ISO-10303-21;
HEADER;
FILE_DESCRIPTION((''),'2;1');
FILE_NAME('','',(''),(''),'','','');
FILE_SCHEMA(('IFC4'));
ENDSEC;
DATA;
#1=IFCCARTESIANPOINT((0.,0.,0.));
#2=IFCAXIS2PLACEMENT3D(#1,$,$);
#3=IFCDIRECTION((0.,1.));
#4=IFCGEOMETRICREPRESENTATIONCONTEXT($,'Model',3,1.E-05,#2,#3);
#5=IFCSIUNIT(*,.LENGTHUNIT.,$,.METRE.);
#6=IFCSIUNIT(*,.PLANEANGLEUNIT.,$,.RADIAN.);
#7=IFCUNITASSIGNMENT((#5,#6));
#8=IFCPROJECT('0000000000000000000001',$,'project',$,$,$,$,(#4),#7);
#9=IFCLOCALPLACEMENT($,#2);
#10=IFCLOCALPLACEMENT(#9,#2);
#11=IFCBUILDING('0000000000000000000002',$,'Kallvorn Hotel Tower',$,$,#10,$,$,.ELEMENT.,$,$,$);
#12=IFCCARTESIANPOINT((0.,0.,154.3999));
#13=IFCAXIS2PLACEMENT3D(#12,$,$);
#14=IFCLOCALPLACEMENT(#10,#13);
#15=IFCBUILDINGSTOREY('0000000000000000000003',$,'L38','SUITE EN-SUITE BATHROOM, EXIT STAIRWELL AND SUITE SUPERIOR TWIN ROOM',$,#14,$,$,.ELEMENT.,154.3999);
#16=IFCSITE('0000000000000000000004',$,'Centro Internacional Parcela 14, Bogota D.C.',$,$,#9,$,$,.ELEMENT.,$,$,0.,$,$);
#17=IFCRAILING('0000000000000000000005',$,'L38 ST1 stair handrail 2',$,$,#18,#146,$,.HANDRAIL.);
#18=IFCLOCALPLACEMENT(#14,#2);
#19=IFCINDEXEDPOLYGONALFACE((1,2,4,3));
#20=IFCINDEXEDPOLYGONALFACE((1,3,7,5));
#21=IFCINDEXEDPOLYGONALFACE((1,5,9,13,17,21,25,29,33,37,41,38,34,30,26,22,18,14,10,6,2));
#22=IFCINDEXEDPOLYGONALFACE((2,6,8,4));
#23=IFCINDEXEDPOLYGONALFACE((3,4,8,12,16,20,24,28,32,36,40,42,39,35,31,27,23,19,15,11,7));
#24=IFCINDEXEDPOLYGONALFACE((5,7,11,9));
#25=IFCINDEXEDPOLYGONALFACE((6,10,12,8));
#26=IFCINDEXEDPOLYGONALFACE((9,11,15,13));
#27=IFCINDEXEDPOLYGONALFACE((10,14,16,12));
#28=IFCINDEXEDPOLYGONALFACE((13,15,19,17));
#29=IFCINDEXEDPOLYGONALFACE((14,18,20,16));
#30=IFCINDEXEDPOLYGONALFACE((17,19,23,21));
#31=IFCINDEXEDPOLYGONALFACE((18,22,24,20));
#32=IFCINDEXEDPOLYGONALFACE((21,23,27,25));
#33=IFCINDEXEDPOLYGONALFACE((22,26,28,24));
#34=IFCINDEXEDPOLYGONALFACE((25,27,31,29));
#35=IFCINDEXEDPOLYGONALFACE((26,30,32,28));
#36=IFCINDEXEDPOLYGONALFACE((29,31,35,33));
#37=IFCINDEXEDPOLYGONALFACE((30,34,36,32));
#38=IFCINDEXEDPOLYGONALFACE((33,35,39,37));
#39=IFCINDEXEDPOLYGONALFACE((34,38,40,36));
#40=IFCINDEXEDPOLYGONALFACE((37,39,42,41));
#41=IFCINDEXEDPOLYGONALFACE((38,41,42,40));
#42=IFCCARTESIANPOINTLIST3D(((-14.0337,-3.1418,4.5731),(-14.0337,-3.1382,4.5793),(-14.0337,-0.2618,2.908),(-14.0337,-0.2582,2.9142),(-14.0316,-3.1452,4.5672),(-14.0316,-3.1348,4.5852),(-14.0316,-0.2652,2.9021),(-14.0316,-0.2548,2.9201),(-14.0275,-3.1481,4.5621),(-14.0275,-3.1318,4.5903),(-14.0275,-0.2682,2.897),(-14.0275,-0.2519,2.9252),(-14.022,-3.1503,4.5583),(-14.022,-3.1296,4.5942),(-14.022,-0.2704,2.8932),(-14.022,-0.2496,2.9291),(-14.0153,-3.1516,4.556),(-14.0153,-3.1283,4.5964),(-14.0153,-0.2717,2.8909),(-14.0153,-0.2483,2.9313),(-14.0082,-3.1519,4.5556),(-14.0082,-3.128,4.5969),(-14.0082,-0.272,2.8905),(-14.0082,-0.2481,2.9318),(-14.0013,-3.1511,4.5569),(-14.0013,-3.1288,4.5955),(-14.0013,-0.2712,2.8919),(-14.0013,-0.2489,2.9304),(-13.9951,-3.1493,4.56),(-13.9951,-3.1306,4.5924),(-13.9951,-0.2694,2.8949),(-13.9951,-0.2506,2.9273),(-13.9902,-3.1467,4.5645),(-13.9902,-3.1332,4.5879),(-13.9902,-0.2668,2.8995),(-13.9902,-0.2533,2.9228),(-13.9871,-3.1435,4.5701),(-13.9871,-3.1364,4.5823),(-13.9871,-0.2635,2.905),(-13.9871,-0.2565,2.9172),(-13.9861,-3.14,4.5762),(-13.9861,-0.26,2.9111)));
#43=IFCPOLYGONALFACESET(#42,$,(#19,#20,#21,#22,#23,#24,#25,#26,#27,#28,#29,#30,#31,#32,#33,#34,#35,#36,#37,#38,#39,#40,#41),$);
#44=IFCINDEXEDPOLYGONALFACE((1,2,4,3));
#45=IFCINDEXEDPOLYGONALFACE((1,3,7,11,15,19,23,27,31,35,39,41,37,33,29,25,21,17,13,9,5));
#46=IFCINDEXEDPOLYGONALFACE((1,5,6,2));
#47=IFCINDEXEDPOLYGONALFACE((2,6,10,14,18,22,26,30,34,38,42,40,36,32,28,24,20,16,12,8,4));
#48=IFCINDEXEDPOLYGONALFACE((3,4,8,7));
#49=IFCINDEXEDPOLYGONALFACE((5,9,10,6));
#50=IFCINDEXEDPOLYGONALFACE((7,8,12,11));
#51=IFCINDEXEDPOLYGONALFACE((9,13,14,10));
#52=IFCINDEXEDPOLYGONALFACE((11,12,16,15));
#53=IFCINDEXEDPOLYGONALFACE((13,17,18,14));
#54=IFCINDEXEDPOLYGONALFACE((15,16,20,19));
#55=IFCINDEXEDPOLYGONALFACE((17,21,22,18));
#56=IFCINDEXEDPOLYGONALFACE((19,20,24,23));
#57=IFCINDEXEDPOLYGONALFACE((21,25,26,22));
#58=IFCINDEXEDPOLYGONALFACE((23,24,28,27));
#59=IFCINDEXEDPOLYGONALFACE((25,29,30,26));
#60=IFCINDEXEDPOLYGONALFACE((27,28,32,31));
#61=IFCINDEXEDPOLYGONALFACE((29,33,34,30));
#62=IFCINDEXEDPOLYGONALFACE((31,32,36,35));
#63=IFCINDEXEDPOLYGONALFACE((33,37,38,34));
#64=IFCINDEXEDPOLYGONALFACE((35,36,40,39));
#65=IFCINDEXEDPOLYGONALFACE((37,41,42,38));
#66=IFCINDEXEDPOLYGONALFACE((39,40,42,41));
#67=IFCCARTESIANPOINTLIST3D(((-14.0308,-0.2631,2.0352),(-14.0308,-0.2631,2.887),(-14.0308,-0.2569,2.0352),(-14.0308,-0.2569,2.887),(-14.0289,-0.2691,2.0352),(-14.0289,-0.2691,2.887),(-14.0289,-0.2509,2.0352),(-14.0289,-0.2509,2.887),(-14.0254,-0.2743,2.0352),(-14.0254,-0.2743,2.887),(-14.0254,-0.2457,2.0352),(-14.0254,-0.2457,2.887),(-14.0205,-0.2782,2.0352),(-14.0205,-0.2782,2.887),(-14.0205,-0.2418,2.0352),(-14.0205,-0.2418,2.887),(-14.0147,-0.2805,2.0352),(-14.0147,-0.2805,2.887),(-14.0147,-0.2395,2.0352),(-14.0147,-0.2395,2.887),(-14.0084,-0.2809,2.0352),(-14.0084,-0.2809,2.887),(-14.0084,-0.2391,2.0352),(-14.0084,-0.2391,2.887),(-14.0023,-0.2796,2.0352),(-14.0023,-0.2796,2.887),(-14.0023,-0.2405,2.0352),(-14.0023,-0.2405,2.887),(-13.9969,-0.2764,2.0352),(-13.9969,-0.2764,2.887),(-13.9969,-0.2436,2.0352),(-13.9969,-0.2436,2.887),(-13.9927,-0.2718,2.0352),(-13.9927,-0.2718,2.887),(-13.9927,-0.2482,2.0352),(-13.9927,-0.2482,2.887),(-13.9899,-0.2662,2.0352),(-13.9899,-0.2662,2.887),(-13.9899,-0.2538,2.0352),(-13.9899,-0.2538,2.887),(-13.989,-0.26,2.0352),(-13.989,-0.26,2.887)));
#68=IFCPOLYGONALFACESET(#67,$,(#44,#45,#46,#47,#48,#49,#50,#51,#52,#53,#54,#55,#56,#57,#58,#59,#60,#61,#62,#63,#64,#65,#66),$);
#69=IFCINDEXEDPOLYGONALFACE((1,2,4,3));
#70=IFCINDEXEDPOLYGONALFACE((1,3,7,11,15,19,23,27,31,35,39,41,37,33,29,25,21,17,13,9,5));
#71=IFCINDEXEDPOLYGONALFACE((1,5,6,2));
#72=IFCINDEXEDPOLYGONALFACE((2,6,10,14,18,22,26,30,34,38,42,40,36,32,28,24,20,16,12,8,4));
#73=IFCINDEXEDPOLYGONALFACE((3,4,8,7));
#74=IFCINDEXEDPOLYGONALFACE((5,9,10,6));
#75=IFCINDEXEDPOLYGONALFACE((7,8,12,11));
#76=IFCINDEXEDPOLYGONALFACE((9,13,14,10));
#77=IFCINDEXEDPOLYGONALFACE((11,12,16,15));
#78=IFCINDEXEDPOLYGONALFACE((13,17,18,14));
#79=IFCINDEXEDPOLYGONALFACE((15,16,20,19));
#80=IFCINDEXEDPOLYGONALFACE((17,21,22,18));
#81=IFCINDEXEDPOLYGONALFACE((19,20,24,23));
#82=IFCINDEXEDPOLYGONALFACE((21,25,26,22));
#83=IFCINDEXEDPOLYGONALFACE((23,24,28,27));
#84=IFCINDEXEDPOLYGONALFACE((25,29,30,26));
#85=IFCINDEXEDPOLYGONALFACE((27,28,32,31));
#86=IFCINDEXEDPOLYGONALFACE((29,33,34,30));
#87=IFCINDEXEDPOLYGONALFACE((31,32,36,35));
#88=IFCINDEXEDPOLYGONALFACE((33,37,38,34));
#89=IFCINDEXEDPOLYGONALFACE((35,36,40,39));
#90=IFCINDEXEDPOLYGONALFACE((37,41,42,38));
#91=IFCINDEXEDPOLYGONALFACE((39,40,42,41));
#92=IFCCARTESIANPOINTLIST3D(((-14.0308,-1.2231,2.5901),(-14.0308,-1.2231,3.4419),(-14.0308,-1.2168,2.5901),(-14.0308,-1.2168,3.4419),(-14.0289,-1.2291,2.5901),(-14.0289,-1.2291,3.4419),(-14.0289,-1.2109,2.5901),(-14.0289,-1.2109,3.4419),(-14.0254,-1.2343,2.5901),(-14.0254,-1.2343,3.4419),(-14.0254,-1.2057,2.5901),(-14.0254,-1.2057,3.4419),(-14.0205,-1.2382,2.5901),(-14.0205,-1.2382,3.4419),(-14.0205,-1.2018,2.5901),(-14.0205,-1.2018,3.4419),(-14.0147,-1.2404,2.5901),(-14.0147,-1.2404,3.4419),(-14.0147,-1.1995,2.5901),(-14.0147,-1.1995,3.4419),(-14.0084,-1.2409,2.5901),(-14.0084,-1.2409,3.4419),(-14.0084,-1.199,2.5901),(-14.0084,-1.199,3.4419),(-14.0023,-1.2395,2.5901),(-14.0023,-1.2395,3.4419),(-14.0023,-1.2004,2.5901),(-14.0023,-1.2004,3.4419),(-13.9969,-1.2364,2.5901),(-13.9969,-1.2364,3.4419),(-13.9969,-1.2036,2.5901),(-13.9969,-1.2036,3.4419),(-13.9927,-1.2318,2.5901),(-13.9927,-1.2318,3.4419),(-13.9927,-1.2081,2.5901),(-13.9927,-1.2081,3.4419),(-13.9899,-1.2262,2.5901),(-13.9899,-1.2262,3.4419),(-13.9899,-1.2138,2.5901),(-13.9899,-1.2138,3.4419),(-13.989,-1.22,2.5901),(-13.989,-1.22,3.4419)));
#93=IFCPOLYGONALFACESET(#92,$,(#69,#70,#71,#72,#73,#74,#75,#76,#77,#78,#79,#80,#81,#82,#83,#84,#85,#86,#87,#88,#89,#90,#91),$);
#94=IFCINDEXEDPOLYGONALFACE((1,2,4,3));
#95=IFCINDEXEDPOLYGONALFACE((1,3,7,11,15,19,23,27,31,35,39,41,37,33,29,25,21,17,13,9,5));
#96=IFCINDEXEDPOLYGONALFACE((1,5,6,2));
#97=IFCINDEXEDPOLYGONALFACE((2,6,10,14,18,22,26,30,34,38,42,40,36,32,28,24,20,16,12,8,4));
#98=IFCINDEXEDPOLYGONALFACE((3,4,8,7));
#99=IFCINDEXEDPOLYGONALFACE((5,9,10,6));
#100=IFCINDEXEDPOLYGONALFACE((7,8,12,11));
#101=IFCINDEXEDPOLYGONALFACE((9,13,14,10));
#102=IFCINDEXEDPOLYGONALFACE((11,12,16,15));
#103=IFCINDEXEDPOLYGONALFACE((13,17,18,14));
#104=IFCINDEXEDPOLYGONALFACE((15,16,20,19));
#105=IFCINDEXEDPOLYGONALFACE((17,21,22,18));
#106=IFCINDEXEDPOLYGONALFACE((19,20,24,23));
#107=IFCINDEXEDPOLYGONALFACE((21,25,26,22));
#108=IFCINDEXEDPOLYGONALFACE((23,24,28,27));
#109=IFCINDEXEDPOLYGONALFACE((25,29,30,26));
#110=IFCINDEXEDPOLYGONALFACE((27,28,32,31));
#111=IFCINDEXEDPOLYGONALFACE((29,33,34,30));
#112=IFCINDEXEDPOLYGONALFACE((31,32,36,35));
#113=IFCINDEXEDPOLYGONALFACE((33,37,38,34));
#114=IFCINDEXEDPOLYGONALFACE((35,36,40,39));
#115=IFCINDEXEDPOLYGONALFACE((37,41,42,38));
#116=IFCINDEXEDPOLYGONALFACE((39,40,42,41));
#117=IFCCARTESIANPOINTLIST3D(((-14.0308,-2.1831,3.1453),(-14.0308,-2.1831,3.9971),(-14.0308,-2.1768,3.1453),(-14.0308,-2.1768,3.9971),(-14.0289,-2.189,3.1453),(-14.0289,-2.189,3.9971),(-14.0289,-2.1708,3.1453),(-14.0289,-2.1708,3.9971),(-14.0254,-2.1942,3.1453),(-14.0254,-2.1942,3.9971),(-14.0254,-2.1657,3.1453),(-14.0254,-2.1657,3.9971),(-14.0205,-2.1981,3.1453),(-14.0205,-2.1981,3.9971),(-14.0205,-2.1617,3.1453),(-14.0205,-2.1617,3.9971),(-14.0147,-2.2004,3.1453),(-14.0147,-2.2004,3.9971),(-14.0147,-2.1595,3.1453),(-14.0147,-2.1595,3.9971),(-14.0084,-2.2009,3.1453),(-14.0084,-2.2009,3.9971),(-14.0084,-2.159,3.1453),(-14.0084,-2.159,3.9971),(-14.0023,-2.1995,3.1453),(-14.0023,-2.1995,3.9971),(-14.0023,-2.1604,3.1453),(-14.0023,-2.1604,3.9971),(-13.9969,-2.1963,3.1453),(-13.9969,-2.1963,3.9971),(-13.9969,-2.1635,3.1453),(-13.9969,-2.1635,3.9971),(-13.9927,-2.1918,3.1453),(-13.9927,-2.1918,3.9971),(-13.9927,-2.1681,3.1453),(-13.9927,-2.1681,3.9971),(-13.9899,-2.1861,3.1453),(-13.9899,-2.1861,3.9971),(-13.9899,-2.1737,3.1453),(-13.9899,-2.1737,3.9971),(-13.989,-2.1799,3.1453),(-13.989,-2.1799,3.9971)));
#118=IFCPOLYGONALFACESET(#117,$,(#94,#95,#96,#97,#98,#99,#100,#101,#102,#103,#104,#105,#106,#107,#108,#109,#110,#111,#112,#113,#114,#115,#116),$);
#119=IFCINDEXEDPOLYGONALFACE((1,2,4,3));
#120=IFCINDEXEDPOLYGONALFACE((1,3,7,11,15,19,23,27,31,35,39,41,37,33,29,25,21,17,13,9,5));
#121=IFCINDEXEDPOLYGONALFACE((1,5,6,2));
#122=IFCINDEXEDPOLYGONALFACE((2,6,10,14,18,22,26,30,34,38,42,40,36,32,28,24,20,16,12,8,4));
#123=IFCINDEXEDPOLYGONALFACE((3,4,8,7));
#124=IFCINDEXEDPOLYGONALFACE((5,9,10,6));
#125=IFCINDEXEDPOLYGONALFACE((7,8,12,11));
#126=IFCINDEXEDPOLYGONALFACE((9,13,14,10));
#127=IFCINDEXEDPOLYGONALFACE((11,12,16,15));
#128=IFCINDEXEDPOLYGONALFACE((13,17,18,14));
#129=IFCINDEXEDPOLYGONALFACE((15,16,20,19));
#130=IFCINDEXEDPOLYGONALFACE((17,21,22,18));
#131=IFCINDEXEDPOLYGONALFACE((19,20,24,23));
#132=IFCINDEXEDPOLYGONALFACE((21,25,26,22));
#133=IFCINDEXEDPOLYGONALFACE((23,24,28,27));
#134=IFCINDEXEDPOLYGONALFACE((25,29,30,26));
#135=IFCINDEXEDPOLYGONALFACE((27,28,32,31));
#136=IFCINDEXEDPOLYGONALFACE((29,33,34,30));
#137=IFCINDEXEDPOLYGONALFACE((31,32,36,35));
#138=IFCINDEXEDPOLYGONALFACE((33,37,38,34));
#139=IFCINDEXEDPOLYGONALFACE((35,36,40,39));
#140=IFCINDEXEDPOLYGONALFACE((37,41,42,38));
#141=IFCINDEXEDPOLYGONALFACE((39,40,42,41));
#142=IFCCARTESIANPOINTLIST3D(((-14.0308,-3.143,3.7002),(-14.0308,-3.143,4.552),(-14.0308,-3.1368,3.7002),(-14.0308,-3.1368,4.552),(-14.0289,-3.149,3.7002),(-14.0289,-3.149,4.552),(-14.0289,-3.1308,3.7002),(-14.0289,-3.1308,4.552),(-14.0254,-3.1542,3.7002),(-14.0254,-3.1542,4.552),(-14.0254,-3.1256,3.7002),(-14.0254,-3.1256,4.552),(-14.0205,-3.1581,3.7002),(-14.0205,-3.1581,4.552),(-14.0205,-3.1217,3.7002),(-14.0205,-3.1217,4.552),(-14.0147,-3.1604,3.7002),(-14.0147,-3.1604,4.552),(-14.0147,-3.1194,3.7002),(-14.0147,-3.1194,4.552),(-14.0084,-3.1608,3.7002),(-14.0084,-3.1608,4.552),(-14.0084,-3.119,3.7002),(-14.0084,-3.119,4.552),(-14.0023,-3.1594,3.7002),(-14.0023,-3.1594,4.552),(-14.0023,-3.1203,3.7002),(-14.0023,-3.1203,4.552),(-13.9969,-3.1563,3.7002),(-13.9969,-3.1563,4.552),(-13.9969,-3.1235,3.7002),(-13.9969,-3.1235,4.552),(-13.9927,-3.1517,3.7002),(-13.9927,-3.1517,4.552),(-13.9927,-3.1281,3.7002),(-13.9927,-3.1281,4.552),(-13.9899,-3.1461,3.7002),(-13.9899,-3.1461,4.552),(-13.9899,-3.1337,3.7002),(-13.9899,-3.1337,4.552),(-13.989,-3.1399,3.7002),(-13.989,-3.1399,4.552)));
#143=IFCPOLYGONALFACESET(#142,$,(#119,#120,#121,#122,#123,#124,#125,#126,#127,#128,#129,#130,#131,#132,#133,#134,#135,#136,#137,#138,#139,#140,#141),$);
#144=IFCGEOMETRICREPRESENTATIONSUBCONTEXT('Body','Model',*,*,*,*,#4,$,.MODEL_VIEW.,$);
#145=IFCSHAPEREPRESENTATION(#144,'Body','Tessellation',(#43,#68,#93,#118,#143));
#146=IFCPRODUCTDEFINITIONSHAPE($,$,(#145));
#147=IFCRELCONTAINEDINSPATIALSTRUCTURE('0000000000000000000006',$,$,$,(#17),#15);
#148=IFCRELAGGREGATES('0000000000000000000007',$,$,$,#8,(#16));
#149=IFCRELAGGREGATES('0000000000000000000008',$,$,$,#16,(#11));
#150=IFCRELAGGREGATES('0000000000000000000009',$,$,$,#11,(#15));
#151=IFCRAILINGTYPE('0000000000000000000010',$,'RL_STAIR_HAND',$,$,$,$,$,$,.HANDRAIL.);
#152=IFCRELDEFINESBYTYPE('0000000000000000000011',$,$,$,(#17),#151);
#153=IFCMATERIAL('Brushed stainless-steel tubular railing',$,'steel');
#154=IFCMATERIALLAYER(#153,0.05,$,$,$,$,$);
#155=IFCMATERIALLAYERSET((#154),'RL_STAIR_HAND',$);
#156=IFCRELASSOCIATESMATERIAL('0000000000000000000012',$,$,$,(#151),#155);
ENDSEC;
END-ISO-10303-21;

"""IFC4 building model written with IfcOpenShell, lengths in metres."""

from ifc_helpers import new_model, si_unit, direction, frame, origin, origin_2d, place, context, subcontext, project, spatial, circle, extrude, material, layer, layer_set, type_object, element, save


model = new_model("IFC4")

# Units and contexts
model_context = context("Model", 3, precision=1e-05, world=origin(), true_north=direction((0.0, 1.0)))
body_context = subcontext(model_context, "Body", "Model", "MODEL_VIEW")
ifc_project = project(units=[si_unit("LENGTHUNIT", "METRE"), si_unit("PLANEANGLEUNIT", "RADIAN")], contexts=[model_context])

# Site, building, storey
site_placement = place(None, origin())
site = spatial("IfcSite", under=ifc_project, at=site_placement, Name="Centro Internacional Parcela 14, Bogota D.C.", CompositionType="ELEMENT", RefElevation=0.0)
building_placement = place(site_placement, origin())
building = spatial("IfcBuilding", under=site, at=building_placement, Name="Kallvorn Hotel Tower", CompositionType="ELEMENT")
storey_placement = place(building_placement, frame((0.0, 0.0, 154.3999)))
storey = spatial("IfcBuildingStorey", under=building, at=storey_placement, Name="L38", Description="SUITE EN-SUITE BATHROOM, EXIT STAIRWELL AND SUITE SUPERIOR TWIN ROOM", CompositionType="ELEMENT", Elevation=154.3999)

# Railing
ifc_material_1 = material(Name="Brushed stainless-steel tubular railing", Category="steel")
ifc_layer_1 = layer(ifc_material_1, 0.05)
ifc_layer_set_1 = layer_set([ifc_layer_1], Name="RL_STAIR_HAND")
railing_type_1 = type_object("IfcRailingType", Name="RL_STAIR_HAND", PredefinedType="HANDRAIL", material=ifc_layer_set_1)
railing_1_placement = place(storey_placement, frame((-14.01, -0.26, 2.0352)))
element("IfcRailing", 1, at=railing_1_placement, inside=storey, type_object=railing_type_1, Name="L38 ST1 stair handrail 2", PredefinedType="HANDRAIL", context=body_context, shape_type="SweptSolid", body=[
    extrude(circle(Radius=0.0239, at=origin_2d()), frame((0.0, 0.0, 0.876), z_axis=(0.0, -0.865721, 0.500527), x_axis=(1.0, 0.0, 0.0)), (0.0, 0.0, 1.0), 3.3267),
    extrude(circle(Radius=0.021, at=origin_2d()), origin(), (0.0, 0.0, 1.0), 0.8518),
    extrude(circle(Radius=0.021, at=origin_2d()), frame((0.0, -0.96, 0.5549)), (0.0, 0.0, 1.0), 0.8518),
    extrude(circle(Radius=0.021, at=origin_2d()), frame((0.0, -1.9199, 1.1101)), (0.0, 0.0, 1.0), 0.8518),
    extrude(circle(Radius=0.021, at=origin_2d()), frame((0.0, -2.8799, 1.665)), (0.0, 0.0, 1.0), 0.8518),
])

save(model, "model.ifc")
